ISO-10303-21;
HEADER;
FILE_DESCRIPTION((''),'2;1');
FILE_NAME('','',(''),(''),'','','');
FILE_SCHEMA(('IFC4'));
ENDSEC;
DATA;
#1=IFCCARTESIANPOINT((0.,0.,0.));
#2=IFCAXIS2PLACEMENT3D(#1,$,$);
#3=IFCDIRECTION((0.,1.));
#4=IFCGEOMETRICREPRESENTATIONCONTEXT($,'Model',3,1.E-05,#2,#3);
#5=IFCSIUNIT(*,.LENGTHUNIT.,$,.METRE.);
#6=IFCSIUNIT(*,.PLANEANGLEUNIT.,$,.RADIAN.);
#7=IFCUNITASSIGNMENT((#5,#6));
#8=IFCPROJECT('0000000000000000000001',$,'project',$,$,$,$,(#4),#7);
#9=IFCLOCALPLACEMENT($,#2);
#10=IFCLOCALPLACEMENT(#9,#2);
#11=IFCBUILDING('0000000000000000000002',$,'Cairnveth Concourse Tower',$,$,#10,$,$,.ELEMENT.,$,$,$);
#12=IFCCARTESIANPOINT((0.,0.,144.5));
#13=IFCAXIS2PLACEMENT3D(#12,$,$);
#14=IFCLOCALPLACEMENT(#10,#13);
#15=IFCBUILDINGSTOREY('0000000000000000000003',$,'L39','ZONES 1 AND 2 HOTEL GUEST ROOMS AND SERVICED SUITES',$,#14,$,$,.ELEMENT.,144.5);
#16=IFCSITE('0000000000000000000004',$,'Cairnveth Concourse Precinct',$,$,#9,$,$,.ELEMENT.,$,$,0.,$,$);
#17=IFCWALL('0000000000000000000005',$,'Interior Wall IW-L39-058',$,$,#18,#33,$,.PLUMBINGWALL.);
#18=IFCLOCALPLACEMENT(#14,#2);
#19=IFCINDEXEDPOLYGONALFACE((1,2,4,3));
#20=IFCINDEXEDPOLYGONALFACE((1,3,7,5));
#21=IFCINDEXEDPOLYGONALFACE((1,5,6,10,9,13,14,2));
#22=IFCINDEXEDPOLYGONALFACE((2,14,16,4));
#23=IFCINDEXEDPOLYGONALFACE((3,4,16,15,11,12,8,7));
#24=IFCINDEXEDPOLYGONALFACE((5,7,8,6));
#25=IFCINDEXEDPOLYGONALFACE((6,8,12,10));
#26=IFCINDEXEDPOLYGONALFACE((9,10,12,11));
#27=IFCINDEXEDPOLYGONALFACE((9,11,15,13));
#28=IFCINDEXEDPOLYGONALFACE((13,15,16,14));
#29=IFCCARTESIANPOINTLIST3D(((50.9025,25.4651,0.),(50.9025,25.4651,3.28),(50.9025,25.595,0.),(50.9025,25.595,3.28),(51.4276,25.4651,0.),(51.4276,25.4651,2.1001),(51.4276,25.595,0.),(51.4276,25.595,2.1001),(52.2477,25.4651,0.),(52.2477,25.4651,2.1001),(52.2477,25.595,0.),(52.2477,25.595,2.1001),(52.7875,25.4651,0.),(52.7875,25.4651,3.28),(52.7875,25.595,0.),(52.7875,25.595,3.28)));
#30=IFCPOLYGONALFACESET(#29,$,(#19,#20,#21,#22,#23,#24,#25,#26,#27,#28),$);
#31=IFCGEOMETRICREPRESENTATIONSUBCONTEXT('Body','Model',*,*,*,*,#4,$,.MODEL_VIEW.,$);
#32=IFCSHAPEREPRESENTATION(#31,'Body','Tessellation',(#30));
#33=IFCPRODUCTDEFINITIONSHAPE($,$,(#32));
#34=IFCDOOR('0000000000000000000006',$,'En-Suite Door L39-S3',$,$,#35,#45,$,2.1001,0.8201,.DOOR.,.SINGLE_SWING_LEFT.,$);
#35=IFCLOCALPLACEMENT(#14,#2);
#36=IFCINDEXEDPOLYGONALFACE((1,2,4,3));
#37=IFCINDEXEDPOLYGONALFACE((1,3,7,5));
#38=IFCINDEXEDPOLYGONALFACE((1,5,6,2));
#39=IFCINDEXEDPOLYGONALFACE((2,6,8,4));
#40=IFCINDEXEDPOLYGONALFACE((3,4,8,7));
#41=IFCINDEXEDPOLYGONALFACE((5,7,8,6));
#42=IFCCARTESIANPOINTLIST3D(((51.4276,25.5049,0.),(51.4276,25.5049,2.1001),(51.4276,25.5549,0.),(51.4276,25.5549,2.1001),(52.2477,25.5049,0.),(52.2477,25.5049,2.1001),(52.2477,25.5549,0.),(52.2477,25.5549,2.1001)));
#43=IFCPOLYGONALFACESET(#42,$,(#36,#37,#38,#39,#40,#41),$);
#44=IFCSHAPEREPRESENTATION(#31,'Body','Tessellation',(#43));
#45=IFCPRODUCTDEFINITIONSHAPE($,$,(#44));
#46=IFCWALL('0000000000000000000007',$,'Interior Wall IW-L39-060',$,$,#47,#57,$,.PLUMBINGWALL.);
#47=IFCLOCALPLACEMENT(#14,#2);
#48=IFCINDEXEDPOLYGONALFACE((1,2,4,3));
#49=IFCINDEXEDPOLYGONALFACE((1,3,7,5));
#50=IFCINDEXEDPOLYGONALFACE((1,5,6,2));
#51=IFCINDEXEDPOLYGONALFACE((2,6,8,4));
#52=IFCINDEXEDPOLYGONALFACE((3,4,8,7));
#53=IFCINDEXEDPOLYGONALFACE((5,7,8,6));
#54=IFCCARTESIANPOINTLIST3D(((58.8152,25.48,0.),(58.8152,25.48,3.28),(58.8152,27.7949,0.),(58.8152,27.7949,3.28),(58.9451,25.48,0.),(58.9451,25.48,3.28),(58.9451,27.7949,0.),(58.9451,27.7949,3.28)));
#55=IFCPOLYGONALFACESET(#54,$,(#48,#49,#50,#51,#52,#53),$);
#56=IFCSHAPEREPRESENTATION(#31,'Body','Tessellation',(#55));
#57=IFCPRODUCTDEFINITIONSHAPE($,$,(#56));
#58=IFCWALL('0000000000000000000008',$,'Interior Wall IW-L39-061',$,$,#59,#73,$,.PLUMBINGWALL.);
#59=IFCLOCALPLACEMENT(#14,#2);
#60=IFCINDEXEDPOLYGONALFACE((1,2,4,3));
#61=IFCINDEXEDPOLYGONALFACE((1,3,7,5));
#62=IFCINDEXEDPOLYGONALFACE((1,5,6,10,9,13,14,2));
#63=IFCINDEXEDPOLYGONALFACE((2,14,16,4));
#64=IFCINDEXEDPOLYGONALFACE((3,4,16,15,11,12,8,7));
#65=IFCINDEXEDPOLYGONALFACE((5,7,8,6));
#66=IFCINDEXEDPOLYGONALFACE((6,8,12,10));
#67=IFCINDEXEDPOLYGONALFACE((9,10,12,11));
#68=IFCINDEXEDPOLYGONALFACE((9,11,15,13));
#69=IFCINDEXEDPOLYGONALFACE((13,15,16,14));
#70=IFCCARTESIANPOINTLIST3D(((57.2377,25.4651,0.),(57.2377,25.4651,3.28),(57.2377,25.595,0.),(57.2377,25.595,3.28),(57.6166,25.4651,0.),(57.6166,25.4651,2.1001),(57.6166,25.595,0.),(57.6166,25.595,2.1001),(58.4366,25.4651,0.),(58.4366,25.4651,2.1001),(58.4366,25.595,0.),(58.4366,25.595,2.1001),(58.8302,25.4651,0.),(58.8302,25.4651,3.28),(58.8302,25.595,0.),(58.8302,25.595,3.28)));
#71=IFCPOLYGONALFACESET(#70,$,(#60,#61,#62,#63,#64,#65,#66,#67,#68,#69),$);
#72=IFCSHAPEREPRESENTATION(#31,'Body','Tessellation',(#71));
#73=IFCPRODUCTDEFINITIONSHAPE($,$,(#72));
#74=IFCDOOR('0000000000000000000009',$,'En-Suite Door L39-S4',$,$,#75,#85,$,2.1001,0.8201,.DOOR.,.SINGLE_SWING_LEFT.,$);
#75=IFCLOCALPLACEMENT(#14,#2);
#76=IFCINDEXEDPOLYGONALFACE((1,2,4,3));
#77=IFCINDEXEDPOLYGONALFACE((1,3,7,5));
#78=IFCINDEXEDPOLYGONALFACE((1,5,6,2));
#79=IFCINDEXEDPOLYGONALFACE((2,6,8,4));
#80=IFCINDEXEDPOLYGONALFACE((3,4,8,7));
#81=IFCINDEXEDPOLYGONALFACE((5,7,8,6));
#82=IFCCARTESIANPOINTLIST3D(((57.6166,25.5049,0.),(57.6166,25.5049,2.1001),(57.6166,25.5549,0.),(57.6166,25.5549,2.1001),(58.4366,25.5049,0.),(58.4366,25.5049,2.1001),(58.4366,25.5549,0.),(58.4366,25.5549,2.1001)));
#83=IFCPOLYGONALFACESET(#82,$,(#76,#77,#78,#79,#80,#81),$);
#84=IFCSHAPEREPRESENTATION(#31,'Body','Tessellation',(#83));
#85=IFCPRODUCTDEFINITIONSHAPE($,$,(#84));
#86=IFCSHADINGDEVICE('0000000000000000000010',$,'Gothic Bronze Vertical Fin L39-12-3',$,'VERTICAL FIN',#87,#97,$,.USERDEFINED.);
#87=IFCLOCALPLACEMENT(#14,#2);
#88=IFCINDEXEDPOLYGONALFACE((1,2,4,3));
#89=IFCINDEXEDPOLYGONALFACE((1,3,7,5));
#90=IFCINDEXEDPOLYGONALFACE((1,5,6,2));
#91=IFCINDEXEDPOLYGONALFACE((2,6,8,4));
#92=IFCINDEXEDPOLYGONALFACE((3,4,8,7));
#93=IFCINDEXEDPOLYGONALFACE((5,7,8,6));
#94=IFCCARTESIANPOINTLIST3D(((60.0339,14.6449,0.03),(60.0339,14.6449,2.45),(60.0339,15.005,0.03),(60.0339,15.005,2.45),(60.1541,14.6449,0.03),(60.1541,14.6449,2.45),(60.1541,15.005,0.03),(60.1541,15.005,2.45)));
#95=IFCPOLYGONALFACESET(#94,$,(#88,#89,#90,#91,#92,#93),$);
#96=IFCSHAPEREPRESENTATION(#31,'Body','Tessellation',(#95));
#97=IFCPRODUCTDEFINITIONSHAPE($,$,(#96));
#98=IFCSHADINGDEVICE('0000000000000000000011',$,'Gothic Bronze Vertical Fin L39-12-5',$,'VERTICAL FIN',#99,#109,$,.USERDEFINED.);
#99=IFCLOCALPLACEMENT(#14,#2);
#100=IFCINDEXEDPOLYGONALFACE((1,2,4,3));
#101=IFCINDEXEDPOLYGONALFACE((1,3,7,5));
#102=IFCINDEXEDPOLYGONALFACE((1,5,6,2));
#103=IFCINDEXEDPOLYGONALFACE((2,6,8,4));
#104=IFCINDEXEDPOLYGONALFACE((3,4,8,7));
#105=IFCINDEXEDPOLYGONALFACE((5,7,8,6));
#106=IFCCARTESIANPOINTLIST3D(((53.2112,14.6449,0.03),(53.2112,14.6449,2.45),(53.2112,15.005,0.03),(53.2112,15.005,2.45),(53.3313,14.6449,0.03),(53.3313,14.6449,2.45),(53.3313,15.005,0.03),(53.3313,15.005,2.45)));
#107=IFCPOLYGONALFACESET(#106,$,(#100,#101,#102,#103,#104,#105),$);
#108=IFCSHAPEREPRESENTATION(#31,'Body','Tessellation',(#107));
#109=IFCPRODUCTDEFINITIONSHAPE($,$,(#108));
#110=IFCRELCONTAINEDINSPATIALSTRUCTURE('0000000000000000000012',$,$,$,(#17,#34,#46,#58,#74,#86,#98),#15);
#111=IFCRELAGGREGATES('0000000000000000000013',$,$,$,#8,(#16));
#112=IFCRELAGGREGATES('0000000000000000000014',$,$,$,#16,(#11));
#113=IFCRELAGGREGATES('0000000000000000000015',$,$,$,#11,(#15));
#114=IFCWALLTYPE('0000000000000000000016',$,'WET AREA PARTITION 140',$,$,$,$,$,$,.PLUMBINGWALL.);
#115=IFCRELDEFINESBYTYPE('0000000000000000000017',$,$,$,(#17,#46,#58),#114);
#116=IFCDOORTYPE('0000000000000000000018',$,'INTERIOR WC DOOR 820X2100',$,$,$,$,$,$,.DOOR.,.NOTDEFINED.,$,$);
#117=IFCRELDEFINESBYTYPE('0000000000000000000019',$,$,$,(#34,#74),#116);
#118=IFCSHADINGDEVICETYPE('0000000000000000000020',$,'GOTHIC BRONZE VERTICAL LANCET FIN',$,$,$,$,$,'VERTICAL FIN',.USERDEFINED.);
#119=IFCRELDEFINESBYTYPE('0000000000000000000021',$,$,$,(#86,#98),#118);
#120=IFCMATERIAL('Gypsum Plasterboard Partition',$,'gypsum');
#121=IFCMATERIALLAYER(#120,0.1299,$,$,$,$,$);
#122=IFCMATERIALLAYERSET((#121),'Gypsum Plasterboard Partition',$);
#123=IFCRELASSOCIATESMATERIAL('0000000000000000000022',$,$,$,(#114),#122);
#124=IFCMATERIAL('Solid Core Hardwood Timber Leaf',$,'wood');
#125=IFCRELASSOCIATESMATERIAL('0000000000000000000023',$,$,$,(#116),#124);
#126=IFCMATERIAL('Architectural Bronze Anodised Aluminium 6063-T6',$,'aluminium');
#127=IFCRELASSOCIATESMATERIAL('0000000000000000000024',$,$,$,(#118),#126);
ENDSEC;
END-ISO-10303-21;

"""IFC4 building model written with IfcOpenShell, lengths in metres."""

from ifc_helpers import new_model, si_unit, direction, frame, frame_2d, origin, origin_2d, place, context, subcontext, project, spatial, rectangle, extrude, material, layer, layer_set, type_object, element, fill, save


model = new_model("IFC4")

# Units and contexts
model_context = context("Model", 3, precision=1e-05, world=origin(), true_north=direction((0.0, 1.0)))
body_context = subcontext(model_context, "Body", "Model", "MODEL_VIEW")
ifc_project = project(units=[si_unit("LENGTHUNIT", "METRE"), si_unit("PLANEANGLEUNIT", "RADIAN")], contexts=[model_context])

# Site, building, storey
site_placement = place(None, origin())
site = spatial("IfcSite", under=ifc_project, at=site_placement, Name="Cairnveth Concourse Precinct", CompositionType="ELEMENT", RefElevation=0.0)
building_placement = place(site_placement, origin())
building = spatial("IfcBuilding", under=site, at=building_placement, Name="Cairnveth Concourse Tower", CompositionType="ELEMENT")
storey_placement = place(building_placement, frame((0.0, 0.0, 144.5)))
storey = spatial("IfcBuildingStorey", under=building, at=storey_placement, Name="L39", Description="ZONES 1 AND 2 HOTEL GUEST ROOMS AND SERVICED SUITES", CompositionType="ELEMENT", Elevation=144.5)

# Shared definitions
ifc_material_1 = material(Name="Gypsum Plasterboard Partition", Category="gypsum")
ifc_layer_1 = layer(ifc_material_1, 0.1299)
ifc_layer_set_1 = layer_set([ifc_layer_1], Name="Gypsum Plasterboard Partition")
wall_type_1 = type_object("IfcWallType", Name="WET AREA PARTITION 140", PredefinedType="PLUMBINGWALL", material=ifc_layer_set_1)

# Wall, opening, door
wall_1_placement = place(storey_placement, frame((50.9026, 25.53, 0.0), z_axis=(0.0, 0.0, 1.0), x_axis=(1.0, 0.0, 0.0)))
wall_1 = element("IfcWall", 1, at=wall_1_placement, inside=storey, type_object=wall_type_1, Name="Interior Wall IW-L39-058", PredefinedType="PLUMBINGWALL", context=body_context, shape_type="SweptSolid", body=[
    extrude(rectangle(XDim=1.885, YDim=0.1299, at=frame_2d((0.9424, 0.0))), origin(), (0.0, 0.0, 1.0), 3.28),
])
opening_1_placement = place(wall_1_placement, frame((0.5249, 0.0, 0.0)))
opening_1 = element("IfcOpeningElement", 2, at=opening_1_placement, cuts=wall_1, PredefinedType="OPENING", context=body_context, shape_type="SweptSolid", body=[
    extrude(rectangle(XDim=0.8201, YDim=2.1001, at=frame_2d((0.4102, 1.05))), frame((0.0, 0.075, 0.0), z_axis=(0.0, -1.0, 0.0), x_axis=(1.0, 0.0, 0.0)), (0.0, 0.0, 1.0), 0.1499),
])
ifc_material_2 = material(Name="Solid Core Hardwood Timber Leaf", Category="wood")
door_type = type_object("IfcDoorType", Name="INTERIOR WC DOOR 820X2100", OperationType="NOTDEFINED", PredefinedType="DOOR", material=ifc_material_2)
door_1_placement = place(opening_1_placement, origin())
door_1 = element("IfcDoor", 3, at=door_1_placement, inside=storey, type_object=door_type, Name="En-Suite Door L39-S3", OperationType="SINGLE_SWING_LEFT", OverallHeight=2.1001, OverallWidth=0.8201, PredefinedType="DOOR", context=body_context, shape_type="SweptSolid", body=[
    extrude(rectangle(XDim=0.8201, YDim=2.1001, at=frame_2d((0.4102, 1.05))), frame((0.0, 0.0249, 0.0), z_axis=(0.0, -1.0, 0.0), x_axis=(1.0, 0.0, 0.0)), (0.0, 0.0, 1.0), 0.05),
])
fill(opening_1, door_1)

# Wall
wall_2_placement = place(storey_placement, frame((58.8801, 25.48, 0.0), z_axis=(0.0, 0.0, 1.0), x_axis=(0.0, 1.0, 0.0)))
element("IfcWall", 4, at=wall_2_placement, inside=storey, type_object=wall_type_1, Name="Interior Wall IW-L39-060", PredefinedType="PLUMBINGWALL", context=body_context, shape_type="SweptSolid", body=[
    extrude(rectangle(XDim=2.3149, YDim=0.1299, at=frame_2d((1.1575, 0.0))), origin(), (0.0, 0.0, 1.0), 3.28),
])

# Wall, opening, door
wall_3_placement = place(storey_placement, frame((57.2375, 25.53, 0.0), z_axis=(0.0, 0.0, 1.0), x_axis=(1.0, 0.0, 0.0)))
wall_3 = element("IfcWall", 5, at=wall_3_placement, inside=storey, type_object=wall_type_1, Name="Interior Wall IW-L39-061", PredefinedType="PLUMBINGWALL", context=body_context, shape_type="SweptSolid", body=[
    extrude(rectangle(XDim=1.5925, YDim=0.1299, at=frame_2d((0.7964, 0.0))), origin(), (0.0, 0.0, 1.0), 3.28),
])
opening_2_placement = place(wall_3_placement, frame((0.3789, 0.0, 0.0)))
opening_2 = element("IfcOpeningElement", 6, at=opening_2_placement, cuts=wall_3, PredefinedType="OPENING", context=body_context, shape_type="SweptSolid", body=[
    extrude(rectangle(XDim=0.8201, YDim=2.1001, at=frame_2d((0.4102, 1.05))), frame((0.0, 0.075, 0.0), z_axis=(0.0, -1.0, 0.0), x_axis=(1.0, 0.0, 0.0)), (0.0, 0.0, 1.0), 0.1499),
])
door_2_placement = place(opening_2_placement, origin())
door_2 = element("IfcDoor", 7, at=door_2_placement, inside=storey, type_object=door_type, Name="En-Suite Door L39-S4", OperationType="SINGLE_SWING_LEFT", OverallHeight=2.1001, OverallWidth=0.8201, PredefinedType="DOOR", context=body_context, shape_type="SweptSolid", body=[
    extrude(rectangle(XDim=0.8201, YDim=2.1001, at=frame_2d((0.4102, 1.05))), frame((0.0, 0.0249, 0.0), z_axis=(0.0, -1.0, 0.0), x_axis=(1.0, 0.0, 0.0)), (0.0, 0.0, 1.0), 0.05),
])
fill(opening_2, door_2)

# Shading devices
ifc_material_3 = material(Name="Architectural Bronze Anodised Aluminium 6063-T6", Category="aluminium")
shading_device_type = type_object("IfcShadingDeviceType", Name="GOTHIC BRONZE VERTICAL LANCET FIN", ElementType="VERTICAL FIN", PredefinedType="USERDEFINED", material=ifc_material_3)
for number, where, z_axis, x_axis, name in (
    (8, (60.094, 14.825, 0.03), (0.0, 0.0, 1.0), (1.0, 0.0, 0.0), "Gothic Bronze Vertical Fin L39-12-3"),
    (9, (53.2712, 14.825, 0.03), (0.0, 0.0, 1.0), (1.0, 0.0, 0.0), "Gothic Bronze Vertical Fin L39-12-5"),
):
    element("IfcShadingDevice", number, at=place(storey_placement, frame(where, z_axis=z_axis, x_axis=x_axis)), inside=storey, type_object=shading_device_type, Name=name, ObjectType="VERTICAL FIN", PredefinedType="USERDEFINED", context=body_context, shape_type="SweptSolid", body=[
        extrude(rectangle(XDim=0.1201, YDim=0.3601, at=origin_2d()), origin(), (0.0, 0.0, 1.0), 2.4199),
    ])

save(model, "model.ifc")
